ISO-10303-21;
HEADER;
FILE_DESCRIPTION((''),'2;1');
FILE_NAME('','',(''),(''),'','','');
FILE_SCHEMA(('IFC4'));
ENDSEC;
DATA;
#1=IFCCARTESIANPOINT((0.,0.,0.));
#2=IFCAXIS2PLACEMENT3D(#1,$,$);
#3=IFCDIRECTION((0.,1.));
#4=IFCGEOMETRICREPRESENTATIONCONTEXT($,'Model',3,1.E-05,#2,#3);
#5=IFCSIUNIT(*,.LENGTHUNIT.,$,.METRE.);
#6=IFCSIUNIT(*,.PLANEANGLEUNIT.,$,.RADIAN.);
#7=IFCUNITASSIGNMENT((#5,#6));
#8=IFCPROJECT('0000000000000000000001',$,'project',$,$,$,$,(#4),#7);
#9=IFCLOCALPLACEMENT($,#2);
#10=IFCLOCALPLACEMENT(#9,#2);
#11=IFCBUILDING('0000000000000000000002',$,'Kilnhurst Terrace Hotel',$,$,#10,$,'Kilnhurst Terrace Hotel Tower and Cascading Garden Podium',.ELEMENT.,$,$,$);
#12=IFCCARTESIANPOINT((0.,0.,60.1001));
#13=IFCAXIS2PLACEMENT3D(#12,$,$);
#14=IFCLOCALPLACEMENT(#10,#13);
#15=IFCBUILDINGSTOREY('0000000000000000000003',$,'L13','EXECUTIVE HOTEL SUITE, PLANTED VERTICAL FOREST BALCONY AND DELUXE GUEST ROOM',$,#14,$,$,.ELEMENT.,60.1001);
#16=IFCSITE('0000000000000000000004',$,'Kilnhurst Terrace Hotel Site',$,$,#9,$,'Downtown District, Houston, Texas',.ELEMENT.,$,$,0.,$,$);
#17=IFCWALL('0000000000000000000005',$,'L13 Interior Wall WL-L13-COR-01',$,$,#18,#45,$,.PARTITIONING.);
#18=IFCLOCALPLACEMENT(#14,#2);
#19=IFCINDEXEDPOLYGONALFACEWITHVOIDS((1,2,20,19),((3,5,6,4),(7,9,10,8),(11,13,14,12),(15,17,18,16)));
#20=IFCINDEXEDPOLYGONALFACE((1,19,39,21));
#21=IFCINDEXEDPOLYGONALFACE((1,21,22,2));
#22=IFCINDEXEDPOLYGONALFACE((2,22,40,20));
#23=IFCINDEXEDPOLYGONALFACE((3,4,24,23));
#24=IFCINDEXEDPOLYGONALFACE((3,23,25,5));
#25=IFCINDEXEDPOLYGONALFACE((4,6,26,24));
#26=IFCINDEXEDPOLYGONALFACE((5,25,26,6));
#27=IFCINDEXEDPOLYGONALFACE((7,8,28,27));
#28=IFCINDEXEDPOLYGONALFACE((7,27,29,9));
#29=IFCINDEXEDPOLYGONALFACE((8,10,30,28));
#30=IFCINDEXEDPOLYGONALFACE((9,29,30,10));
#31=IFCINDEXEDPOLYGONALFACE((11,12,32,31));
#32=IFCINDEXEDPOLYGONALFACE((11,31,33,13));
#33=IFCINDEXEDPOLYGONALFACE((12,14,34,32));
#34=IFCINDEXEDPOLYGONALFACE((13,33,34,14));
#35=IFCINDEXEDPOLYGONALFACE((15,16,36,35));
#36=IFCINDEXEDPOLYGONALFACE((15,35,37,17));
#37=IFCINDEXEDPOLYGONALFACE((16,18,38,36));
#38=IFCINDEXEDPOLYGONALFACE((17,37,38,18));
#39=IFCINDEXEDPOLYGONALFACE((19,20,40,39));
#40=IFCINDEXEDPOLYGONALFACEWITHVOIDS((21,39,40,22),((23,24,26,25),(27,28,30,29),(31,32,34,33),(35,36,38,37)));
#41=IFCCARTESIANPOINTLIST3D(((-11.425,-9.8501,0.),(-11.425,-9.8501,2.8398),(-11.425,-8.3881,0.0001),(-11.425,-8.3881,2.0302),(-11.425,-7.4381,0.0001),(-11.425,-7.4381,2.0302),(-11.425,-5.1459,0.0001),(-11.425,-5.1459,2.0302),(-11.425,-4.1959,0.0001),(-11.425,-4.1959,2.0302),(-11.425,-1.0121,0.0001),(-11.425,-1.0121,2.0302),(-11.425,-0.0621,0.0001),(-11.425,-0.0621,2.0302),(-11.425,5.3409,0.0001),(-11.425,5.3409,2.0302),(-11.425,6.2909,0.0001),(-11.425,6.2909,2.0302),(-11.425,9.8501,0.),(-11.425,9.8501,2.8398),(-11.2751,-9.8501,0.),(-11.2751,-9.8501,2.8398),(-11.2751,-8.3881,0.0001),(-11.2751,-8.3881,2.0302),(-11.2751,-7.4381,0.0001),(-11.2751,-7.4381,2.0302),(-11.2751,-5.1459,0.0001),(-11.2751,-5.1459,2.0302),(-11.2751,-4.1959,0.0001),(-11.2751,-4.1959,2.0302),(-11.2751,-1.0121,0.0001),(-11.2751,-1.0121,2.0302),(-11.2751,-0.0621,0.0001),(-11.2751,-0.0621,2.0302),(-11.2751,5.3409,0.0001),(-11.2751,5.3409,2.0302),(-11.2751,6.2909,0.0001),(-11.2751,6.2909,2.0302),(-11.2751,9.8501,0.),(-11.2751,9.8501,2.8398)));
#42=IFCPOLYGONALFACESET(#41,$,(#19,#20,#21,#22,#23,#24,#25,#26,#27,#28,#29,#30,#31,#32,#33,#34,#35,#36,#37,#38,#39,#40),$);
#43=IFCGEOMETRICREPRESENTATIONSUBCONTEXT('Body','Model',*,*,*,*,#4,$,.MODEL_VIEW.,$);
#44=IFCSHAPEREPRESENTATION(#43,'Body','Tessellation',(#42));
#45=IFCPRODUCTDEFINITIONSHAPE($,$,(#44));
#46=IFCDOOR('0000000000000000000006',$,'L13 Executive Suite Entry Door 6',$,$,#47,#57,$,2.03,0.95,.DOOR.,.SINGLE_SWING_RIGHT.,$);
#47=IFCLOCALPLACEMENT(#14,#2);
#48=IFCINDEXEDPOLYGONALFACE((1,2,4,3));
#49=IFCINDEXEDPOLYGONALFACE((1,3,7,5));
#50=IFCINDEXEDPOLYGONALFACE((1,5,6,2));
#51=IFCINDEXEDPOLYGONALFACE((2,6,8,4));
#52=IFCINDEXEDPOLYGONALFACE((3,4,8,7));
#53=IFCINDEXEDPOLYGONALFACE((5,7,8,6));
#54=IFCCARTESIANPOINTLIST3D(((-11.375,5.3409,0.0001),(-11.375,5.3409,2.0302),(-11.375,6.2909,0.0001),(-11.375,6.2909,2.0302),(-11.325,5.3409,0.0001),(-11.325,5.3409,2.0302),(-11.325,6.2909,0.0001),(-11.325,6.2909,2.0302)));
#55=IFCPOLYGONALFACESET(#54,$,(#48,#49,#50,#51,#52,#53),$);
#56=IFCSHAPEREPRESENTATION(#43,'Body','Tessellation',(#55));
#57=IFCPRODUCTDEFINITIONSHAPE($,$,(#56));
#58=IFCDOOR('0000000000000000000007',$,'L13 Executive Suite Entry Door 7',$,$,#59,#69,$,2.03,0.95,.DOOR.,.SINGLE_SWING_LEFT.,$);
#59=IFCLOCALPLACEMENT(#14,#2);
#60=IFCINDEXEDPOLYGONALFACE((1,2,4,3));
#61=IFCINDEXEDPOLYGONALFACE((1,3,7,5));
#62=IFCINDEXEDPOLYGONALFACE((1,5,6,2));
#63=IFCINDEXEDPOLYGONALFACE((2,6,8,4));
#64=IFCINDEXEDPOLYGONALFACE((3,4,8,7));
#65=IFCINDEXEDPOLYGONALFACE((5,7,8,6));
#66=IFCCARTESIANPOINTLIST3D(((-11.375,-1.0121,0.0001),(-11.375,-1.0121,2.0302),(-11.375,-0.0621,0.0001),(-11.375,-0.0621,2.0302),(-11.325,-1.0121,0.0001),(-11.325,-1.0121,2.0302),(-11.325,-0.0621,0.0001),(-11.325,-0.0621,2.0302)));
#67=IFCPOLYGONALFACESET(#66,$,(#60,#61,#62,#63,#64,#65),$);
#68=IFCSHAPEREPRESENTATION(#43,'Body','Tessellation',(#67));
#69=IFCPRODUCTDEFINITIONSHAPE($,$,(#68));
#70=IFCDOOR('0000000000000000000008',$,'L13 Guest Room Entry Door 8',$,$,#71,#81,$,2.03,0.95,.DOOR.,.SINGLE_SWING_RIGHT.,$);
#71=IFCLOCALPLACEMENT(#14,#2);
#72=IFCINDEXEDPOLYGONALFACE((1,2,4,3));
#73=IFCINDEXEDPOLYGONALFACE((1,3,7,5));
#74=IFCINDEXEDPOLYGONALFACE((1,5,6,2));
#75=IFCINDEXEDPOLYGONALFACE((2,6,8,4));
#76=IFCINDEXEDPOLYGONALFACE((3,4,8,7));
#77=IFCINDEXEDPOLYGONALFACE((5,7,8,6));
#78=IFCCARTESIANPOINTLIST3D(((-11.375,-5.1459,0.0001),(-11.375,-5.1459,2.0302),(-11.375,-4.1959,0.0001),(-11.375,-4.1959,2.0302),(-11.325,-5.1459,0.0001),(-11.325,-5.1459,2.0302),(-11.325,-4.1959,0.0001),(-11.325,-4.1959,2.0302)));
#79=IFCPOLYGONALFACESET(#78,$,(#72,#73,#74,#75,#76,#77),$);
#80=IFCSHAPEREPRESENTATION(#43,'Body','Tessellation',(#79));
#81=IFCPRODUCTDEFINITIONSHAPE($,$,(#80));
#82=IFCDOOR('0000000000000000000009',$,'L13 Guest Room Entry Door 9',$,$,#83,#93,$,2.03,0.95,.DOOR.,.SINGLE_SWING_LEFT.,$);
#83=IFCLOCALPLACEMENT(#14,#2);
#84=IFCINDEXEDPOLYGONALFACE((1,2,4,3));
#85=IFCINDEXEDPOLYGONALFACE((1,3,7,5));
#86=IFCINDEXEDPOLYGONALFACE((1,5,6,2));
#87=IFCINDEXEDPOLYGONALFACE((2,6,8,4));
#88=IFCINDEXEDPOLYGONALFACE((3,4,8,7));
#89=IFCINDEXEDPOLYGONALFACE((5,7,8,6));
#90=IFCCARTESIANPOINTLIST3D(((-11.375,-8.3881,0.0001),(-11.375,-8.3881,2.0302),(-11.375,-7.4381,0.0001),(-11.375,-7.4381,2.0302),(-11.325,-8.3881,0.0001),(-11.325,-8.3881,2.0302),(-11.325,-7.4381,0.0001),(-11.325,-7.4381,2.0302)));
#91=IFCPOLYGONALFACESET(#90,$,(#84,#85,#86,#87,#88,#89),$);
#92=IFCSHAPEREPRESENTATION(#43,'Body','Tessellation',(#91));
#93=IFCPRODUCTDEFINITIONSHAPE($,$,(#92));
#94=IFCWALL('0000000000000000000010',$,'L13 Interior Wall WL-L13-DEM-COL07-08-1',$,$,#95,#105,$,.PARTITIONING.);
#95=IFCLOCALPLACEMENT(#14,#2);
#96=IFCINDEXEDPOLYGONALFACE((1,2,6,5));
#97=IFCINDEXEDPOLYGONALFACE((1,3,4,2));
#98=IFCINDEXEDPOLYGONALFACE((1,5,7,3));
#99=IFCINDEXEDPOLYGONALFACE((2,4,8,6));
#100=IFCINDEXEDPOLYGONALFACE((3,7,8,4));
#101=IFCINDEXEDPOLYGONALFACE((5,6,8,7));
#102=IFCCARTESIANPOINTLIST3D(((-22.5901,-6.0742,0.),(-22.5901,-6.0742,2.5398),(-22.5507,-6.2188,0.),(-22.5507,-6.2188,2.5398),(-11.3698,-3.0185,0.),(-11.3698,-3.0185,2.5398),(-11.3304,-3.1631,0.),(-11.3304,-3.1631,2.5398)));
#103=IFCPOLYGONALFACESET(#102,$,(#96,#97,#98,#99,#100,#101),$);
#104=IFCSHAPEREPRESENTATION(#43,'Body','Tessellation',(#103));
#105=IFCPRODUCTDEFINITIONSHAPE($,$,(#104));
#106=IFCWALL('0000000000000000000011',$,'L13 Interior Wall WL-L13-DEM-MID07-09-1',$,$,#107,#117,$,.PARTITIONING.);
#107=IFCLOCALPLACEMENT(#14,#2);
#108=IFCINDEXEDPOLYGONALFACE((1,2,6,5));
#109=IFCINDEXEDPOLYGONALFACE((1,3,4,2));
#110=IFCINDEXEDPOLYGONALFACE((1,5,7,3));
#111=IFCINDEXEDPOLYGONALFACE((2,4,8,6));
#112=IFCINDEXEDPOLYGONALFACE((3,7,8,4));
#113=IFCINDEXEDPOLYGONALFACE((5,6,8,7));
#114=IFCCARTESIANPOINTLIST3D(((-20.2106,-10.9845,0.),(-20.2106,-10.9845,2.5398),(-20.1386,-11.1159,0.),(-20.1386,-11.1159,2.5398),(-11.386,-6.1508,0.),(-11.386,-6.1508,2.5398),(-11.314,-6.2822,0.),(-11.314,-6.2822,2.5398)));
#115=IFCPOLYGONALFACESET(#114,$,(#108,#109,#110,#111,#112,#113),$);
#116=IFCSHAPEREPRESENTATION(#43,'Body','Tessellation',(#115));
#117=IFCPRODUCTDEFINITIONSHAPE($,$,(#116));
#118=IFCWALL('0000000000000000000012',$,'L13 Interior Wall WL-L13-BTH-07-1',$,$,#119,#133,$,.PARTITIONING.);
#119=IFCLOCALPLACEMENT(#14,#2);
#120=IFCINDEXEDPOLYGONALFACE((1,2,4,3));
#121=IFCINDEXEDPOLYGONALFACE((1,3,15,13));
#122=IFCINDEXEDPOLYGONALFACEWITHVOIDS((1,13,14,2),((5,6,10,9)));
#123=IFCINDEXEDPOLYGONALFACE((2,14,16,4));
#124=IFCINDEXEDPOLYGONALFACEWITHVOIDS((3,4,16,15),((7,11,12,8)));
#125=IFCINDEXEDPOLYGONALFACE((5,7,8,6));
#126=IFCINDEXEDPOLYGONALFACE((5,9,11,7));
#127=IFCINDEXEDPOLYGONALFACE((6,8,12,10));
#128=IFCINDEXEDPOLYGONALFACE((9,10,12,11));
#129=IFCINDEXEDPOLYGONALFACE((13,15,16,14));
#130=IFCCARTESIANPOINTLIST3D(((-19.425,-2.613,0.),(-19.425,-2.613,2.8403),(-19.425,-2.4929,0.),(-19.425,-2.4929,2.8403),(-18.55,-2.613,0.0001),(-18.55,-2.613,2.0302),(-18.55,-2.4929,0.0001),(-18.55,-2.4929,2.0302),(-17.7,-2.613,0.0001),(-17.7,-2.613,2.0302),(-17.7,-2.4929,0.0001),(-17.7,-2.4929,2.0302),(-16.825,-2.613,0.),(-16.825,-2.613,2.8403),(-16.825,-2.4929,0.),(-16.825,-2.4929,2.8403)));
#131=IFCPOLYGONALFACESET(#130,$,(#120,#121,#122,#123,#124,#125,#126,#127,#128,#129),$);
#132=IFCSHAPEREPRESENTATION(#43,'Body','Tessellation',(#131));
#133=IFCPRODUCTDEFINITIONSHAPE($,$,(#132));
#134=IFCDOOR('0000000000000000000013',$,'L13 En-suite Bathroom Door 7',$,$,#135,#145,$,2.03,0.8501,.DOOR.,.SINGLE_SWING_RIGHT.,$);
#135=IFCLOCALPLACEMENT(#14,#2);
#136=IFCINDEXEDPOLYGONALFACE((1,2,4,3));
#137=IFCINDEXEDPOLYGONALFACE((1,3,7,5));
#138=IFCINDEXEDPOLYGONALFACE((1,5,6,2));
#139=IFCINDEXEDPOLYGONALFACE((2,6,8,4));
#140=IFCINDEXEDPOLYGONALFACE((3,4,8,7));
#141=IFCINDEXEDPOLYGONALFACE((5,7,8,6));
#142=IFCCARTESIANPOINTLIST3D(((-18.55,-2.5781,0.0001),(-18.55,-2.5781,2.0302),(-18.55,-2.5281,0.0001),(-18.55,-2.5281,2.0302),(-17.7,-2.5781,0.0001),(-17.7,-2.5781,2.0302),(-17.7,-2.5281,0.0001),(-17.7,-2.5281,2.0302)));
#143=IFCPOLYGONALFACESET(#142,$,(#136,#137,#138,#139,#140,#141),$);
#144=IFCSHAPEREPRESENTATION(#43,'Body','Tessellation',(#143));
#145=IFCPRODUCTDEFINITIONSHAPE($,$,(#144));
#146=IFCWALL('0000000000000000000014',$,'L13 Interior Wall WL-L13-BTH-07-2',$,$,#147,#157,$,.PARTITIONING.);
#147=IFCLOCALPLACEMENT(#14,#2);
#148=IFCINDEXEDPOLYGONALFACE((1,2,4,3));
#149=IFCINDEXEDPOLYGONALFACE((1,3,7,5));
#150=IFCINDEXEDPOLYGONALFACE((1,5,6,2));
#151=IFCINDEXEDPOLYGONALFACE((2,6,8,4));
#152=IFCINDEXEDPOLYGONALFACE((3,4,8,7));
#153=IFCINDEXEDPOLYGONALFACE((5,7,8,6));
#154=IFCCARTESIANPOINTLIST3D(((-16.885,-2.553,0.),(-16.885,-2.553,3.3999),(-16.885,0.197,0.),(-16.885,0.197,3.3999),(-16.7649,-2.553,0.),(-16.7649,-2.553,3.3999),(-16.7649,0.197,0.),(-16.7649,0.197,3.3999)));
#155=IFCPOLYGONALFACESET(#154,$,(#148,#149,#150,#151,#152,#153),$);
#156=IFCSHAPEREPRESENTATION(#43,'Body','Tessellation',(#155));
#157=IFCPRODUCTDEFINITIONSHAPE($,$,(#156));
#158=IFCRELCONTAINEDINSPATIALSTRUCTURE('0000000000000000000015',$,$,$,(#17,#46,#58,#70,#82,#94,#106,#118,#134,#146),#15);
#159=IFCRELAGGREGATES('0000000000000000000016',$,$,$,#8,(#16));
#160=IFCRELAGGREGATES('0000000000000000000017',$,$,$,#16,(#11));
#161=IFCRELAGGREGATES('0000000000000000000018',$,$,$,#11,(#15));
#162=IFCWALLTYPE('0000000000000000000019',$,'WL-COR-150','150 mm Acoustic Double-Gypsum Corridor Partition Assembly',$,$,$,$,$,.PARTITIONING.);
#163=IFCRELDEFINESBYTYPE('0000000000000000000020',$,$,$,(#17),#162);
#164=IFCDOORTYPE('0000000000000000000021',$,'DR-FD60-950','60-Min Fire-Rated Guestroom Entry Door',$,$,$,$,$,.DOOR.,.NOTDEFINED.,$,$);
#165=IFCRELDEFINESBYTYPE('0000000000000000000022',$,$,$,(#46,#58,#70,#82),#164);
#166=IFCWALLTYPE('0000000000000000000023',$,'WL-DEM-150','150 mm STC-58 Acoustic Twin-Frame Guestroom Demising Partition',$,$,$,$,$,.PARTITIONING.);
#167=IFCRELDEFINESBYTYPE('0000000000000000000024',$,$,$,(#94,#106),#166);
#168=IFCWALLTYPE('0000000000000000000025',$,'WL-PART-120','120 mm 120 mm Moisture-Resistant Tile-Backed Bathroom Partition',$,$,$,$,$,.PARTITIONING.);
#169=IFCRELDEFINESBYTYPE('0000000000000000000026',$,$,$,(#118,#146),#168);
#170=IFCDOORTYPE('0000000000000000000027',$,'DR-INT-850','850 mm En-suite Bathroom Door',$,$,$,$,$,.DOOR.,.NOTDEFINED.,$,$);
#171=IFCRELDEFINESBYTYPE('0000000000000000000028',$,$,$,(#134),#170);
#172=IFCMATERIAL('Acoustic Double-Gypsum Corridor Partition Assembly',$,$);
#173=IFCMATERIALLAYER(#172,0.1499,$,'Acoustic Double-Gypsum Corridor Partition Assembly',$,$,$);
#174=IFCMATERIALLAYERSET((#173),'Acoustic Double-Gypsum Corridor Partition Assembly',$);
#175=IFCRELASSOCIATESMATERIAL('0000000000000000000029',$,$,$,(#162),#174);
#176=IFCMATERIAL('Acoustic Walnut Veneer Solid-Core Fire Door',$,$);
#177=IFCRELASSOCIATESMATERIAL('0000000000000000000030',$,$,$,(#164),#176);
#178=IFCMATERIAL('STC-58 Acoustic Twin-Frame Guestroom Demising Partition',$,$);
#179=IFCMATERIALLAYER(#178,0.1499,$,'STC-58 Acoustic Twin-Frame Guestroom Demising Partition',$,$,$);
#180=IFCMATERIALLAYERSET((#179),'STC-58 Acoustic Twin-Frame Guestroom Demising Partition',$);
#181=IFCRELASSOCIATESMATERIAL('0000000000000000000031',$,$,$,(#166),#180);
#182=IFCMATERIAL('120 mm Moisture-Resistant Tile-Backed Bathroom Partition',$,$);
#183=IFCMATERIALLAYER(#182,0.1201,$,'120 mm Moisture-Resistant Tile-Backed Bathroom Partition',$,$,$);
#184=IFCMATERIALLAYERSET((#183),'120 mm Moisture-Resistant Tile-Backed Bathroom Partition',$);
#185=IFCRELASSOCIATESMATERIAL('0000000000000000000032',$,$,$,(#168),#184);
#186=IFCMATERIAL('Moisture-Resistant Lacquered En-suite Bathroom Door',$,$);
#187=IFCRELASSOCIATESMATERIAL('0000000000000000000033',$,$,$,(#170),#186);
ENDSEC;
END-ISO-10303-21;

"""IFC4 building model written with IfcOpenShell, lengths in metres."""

from ifc_helpers import new_model, si_unit, direction, frame, frame_2d, origin, place, context, subcontext, project, spatial, rectangle, extrude, material, layer, layer_set, type_object, element, fill, save


model = new_model("IFC4")

# Units and contexts
model_context = context("Model", 3, precision=1e-05, world=origin(), true_north=direction((0.0, 1.0)))
body_context = subcontext(model_context, "Body", "Model", "MODEL_VIEW")
ifc_project = project(units=[si_unit("LENGTHUNIT", "METRE"), si_unit("PLANEANGLEUNIT", "RADIAN")], contexts=[model_context])

# Site, building, storey
site_placement = place(None, origin())
site = spatial("IfcSite", under=ifc_project, at=site_placement, Name="Kilnhurst Terrace Hotel Site", LongName="Downtown District, Houston, Texas", CompositionType="ELEMENT", RefElevation=0.0)
building_placement = place(site_placement, origin())
building = spatial("IfcBuilding", under=site, at=building_placement, Name="Kilnhurst Terrace Hotel", LongName="Kilnhurst Terrace Hotel Tower and Cascading Garden Podium", CompositionType="ELEMENT")
storey_placement = place(building_placement, frame((0.0, 0.0, 60.1001)))
storey = spatial("IfcBuildingStorey", under=building, at=storey_placement, Name="L13", Description="EXECUTIVE HOTEL SUITE, PLANTED VERTICAL FOREST BALCONY AND DELUXE GUEST ROOM", CompositionType="ELEMENT", Elevation=60.1001)

# Wall, openings, doors
ifc_material_1 = material(Name="Acoustic Double-Gypsum Corridor Partition Assembly")
ifc_layer_1 = layer(ifc_material_1, 0.1499, Name="Acoustic Double-Gypsum Corridor Partition Assembly")
ifc_layer_set_1 = layer_set([ifc_layer_1], Name="Acoustic Double-Gypsum Corridor Partition Assembly")
wall_type_1 = type_object("IfcWallType", Name="WL-COR-150", Description="150 mm Acoustic Double-Gypsum Corridor Partition Assembly", PredefinedType="PARTITIONING", material=ifc_layer_set_1)
wall_1_placement = place(storey_placement, frame((-11.3501, -9.8501, 0.0), z_axis=(0.0, 0.0, 1.0), x_axis=(0.0, 1.0, 0.0)))
wall_1 = element("IfcWall", 1, at=wall_1_placement, inside=storey, type_object=wall_type_1, Name="L13 Interior Wall WL-L13-COR-01", PredefinedType="PARTITIONING", context=body_context, shape_type="SweptSolid", body=[
    extrude(rectangle(XDim=19.7002, YDim=0.1499, at=frame_2d((9.8501, 0.0))), origin(), (0.0, 0.0, 1.0), 2.8398),
])
opening_1_placement = place(wall_1_placement, frame((15.1909, 0.0, 0.0)))
opening_1 = element("IfcOpeningElement", 2, at=opening_1_placement, cuts=wall_1, PredefinedType="OPENING", context=body_context, shape_type="SweptSolid", body=[
    extrude(rectangle(XDim=0.95, YDim=2.03, at=frame_2d((0.4751, 1.0151))), frame((0.0, 0.085, 0.0), z_axis=(0.0, -1.0, 0.0), x_axis=(1.0, 0.0, 0.0)), (0.0, 0.0, 1.0), 0.1699),
])
opening_2_placement = place(wall_1_placement, frame((8.8379, 0.0, 0.0)))
opening_2 = element("IfcOpeningElement", 3, at=opening_2_placement, cuts=wall_1, PredefinedType="OPENING", context=body_context, shape_type="SweptSolid", body=[
    extrude(rectangle(XDim=0.95, YDim=2.03, at=frame_2d((0.4751, 1.0151))), frame((0.0, 0.085, 0.0), z_axis=(0.0, -1.0, 0.0), x_axis=(1.0, 0.0, 0.0)), (0.0, 0.0, 1.0), 0.1699),
])
opening_3_placement = place(wall_1_placement, frame((4.7041, 0.0, 0.0)))
opening_3 = element("IfcOpeningElement", 4, at=opening_3_placement, cuts=wall_1, PredefinedType="OPENING", context=body_context, shape_type="SweptSolid", body=[
    extrude(rectangle(XDim=0.95, YDim=2.03, at=frame_2d((0.4751, 1.0151))), frame((0.0, 0.085, 0.0), z_axis=(0.0, -1.0, 0.0), x_axis=(1.0, 0.0, 0.0)), (0.0, 0.0, 1.0), 0.1699),
])
opening_4_placement = place(wall_1_placement, frame((1.4619, 0.0, 0.0)))
opening_4 = element("IfcOpeningElement", 5, at=opening_4_placement, cuts=wall_1, PredefinedType="OPENING", context=body_context, shape_type="SweptSolid", body=[
    extrude(rectangle(XDim=0.95, YDim=2.03, at=frame_2d((0.4751, 1.0151))), frame((0.0, 0.085, 0.0), z_axis=(0.0, -1.0, 0.0), x_axis=(1.0, 0.0, 0.0)), (0.0, 0.0, 1.0), 0.1699),
])
ifc_material_2 = material(Name="Acoustic Walnut Veneer Solid-Core Fire Door")
door_type_1 = type_object("IfcDoorType", Name="DR-FD60-950", Description="60-Min Fire-Rated Guestroom Entry Door", OperationType="NOTDEFINED", PredefinedType="DOOR", material=ifc_material_2)
door_1_placement = place(opening_1_placement, origin())
door_1 = element("IfcDoor", 6, at=door_1_placement, inside=storey, type_object=door_type_1, Name="L13 Executive Suite Entry Door 6", OperationType="SINGLE_SWING_RIGHT", OverallHeight=2.03, OverallWidth=0.95, PredefinedType="DOOR", context=body_context, shape_type="SweptSolid", body=[
    extrude(rectangle(XDim=0.95, YDim=2.03, at=frame_2d((0.4751, 1.0151))), frame((0.0, 0.0249, 0.0), z_axis=(0.0, -1.0, 0.0), x_axis=(1.0, 0.0, 0.0)), (0.0, 0.0, 1.0), 0.05),
])
fill(opening_1, door_1)
door_2_placement = place(opening_2_placement, origin())
door_2 = element("IfcDoor", 7, at=door_2_placement, inside=storey, type_object=door_type_1, Name="L13 Executive Suite Entry Door 7", OperationType="SINGLE_SWING_LEFT", OverallHeight=2.03, OverallWidth=0.95, PredefinedType="DOOR", context=body_context, shape_type="SweptSolid", body=[
    extrude(rectangle(XDim=0.95, YDim=2.03, at=frame_2d((0.4751, 1.0151))), frame((0.0, 0.0249, 0.0), z_axis=(0.0, -1.0, 0.0), x_axis=(1.0, 0.0, 0.0)), (0.0, 0.0, 1.0), 0.05),
])
fill(opening_2, door_2)
door_3_placement = place(opening_3_placement, origin())
door_3 = element("IfcDoor", 8, at=door_3_placement, inside=storey, type_object=door_type_1, Name="L13 Guest Room Entry Door 8", OperationType="SINGLE_SWING_RIGHT", OverallHeight=2.03, OverallWidth=0.95, PredefinedType="DOOR", context=body_context, shape_type="SweptSolid", body=[
    extrude(rectangle(XDim=0.95, YDim=2.03, at=frame_2d((0.4751, 1.0151))), frame((0.0, 0.0249, 0.0), z_axis=(0.0, -1.0, 0.0), x_axis=(1.0, 0.0, 0.0)), (0.0, 0.0, 1.0), 0.05),
])
fill(opening_3, door_3)
door_4_placement = place(opening_4_placement, origin())
door_4 = element("IfcDoor", 9, at=door_4_placement, inside=storey, type_object=door_type_1, Name="L13 Guest Room Entry Door 9", OperationType="SINGLE_SWING_LEFT", OverallHeight=2.03, OverallWidth=0.95, PredefinedType="DOOR", context=body_context, shape_type="SweptSolid", body=[
    extrude(rectangle(XDim=0.95, YDim=2.03, at=frame_2d((0.4751, 1.0151))), frame((0.0, 0.0249, 0.0), z_axis=(0.0, -1.0, 0.0), x_axis=(1.0, 0.0, 0.0)), (0.0, 0.0, 1.0), 0.05),
])
fill(opening_4, door_4)

# Walls
ifc_material_3 = material(Name="STC-58 Acoustic Twin-Frame Guestroom Demising Partition")
ifc_layer_2 = layer(ifc_material_3, 0.1499, Name="STC-58 Acoustic Twin-Frame Guestroom Demising Partition")
ifc_layer_set_2 = layer_set([ifc_layer_2], Name="STC-58 Acoustic Twin-Frame Guestroom Demising Partition")
wall_type_2 = type_object("IfcWallType", Name="WL-DEM-150", Description="150 mm STC-58 Acoustic Twin-Frame Guestroom Demising Partition", PredefinedType="PARTITIONING", material=ifc_layer_set_2)
wall_2_placement = place(storey_placement, frame((-11.3501, -3.0908, 0.0), z_axis=(0.0, 0.0, 1.0), x_axis=(-0.96486, -0.262766, 0.0)))
element("IfcWall", 10, at=wall_2_placement, inside=storey, type_object=wall_type_2, Name="L13 Interior Wall WL-L13-DEM-COL07-08-1", PredefinedType="PARTITIONING", context=body_context, shape_type="SweptSolid", body=[
    extrude(rectangle(XDim=11.6289, YDim=0.1499, at=frame_2d((5.8145, 0.0))), origin(), (0.0, 0.0, 1.0), 2.5398),
])
wall_3_placement = place(storey_placement, frame((-11.3501, -6.2166, 0.0), z_axis=(0.0, 0.0, 1.0), x_axis=(-0.877048, -0.480404, 0.0)))
element("IfcWall", 11, at=wall_3_placement, inside=storey, type_object=wall_type_2, Name="L13 Interior Wall WL-L13-DEM-MID07-09-1", PredefinedType="PARTITIONING", context=body_context, shape_type="SweptSolid", body=[
    extrude(rectangle(XDim=10.0618, YDim=0.1499, at=frame_2d((5.0308, 0.0))), origin(), (0.0, 0.0, 1.0), 2.5398),
])

# Wall, opening, door
ifc_material_4 = material(Name="120 mm Moisture-Resistant Tile-Backed Bathroom Partition")
ifc_layer_3 = layer(ifc_material_4, 0.1201, Name="120 mm Moisture-Resistant Tile-Backed Bathroom Partition")
ifc_layer_set_3 = layer_set([ifc_layer_3], Name="120 mm Moisture-Resistant Tile-Backed Bathroom Partition")
wall_type_3 = type_object("IfcWallType", Name="WL-PART-120", Description="120 mm 120 mm Moisture-Resistant Tile-Backed Bathroom Partition", PredefinedType="PARTITIONING", material=ifc_layer_set_3)
wall_4_placement = place(storey_placement, frame((-19.425, -2.553, 0.0), z_axis=(0.0, 0.0, 1.0), x_axis=(1.0, 0.0, 0.0)))
wall_4 = element("IfcWall", 12, at=wall_4_placement, inside=storey, type_object=wall_type_3, Name="L13 Interior Wall WL-L13-BTH-07-1", PredefinedType="PARTITIONING", context=body_context, shape_type="SweptSolid", body=[
    extrude(rectangle(XDim=2.6001, YDim=0.1201, at=frame_2d((1.3, 0.0))), origin(), (0.0, 0.0, 1.0), 2.8403),
])
opening_5_placement = place(wall_4_placement, frame((0.875, 0.0, 0.0)))
opening_5 = element("IfcOpeningElement", 13, at=opening_5_placement, cuts=wall_4, PredefinedType="OPENING", context=body_context, shape_type="SweptSolid", body=[
    extrude(rectangle(XDim=0.8501, YDim=2.03, at=frame_2d((0.425, 1.0151))), frame((0.0, 0.0701, 0.0), z_axis=(0.0, -1.0, 0.0), x_axis=(1.0, 0.0, 0.0)), (0.0, 0.0, 1.0), 0.1401),
])
ifc_material_5 = material(Name="Moisture-Resistant Lacquered En-suite Bathroom Door")
door_type_2 = type_object("IfcDoorType", Name="DR-INT-850", Description="850 mm En-suite Bathroom Door", OperationType="NOTDEFINED", PredefinedType="DOOR", material=ifc_material_5)
door_5_placement = place(opening_5_placement, origin())
door_5 = element("IfcDoor", 14, at=door_5_placement, inside=storey, type_object=door_type_2, Name="L13 En-suite Bathroom Door 7", OperationType="SINGLE_SWING_RIGHT", OverallHeight=2.03, OverallWidth=0.8501, PredefinedType="DOOR", context=body_context, shape_type="SweptSolid", body=[
    extrude(rectangle(XDim=0.8501, YDim=2.03, at=frame_2d((0.425, 1.0151))), frame((0.0, 0.0249, 0.0), z_axis=(0.0, -1.0, 0.0), x_axis=(1.0, 0.0, 0.0)), (0.0, 0.0, 1.0), 0.05),
])
fill(opening_5, door_5)

# Wall
wall_5_placement = place(storey_placement, frame((-16.825, -2.553, 0.0), z_axis=(0.0, 0.0, 1.0), x_axis=(0.0, 1.0, 0.0)))
element("IfcWall", 15, at=wall_5_placement, inside=storey, type_object=wall_type_3, Name="L13 Interior Wall WL-L13-BTH-07-2", PredefinedType="PARTITIONING", context=body_context, shape_type="SweptSolid", body=[
    extrude(rectangle(XDim=2.75, YDim=0.1201, at=frame_2d((1.375, 0.0))), origin(), (0.0, 0.0, 1.0), 3.3999),
])

save(model, "model.ifc")
